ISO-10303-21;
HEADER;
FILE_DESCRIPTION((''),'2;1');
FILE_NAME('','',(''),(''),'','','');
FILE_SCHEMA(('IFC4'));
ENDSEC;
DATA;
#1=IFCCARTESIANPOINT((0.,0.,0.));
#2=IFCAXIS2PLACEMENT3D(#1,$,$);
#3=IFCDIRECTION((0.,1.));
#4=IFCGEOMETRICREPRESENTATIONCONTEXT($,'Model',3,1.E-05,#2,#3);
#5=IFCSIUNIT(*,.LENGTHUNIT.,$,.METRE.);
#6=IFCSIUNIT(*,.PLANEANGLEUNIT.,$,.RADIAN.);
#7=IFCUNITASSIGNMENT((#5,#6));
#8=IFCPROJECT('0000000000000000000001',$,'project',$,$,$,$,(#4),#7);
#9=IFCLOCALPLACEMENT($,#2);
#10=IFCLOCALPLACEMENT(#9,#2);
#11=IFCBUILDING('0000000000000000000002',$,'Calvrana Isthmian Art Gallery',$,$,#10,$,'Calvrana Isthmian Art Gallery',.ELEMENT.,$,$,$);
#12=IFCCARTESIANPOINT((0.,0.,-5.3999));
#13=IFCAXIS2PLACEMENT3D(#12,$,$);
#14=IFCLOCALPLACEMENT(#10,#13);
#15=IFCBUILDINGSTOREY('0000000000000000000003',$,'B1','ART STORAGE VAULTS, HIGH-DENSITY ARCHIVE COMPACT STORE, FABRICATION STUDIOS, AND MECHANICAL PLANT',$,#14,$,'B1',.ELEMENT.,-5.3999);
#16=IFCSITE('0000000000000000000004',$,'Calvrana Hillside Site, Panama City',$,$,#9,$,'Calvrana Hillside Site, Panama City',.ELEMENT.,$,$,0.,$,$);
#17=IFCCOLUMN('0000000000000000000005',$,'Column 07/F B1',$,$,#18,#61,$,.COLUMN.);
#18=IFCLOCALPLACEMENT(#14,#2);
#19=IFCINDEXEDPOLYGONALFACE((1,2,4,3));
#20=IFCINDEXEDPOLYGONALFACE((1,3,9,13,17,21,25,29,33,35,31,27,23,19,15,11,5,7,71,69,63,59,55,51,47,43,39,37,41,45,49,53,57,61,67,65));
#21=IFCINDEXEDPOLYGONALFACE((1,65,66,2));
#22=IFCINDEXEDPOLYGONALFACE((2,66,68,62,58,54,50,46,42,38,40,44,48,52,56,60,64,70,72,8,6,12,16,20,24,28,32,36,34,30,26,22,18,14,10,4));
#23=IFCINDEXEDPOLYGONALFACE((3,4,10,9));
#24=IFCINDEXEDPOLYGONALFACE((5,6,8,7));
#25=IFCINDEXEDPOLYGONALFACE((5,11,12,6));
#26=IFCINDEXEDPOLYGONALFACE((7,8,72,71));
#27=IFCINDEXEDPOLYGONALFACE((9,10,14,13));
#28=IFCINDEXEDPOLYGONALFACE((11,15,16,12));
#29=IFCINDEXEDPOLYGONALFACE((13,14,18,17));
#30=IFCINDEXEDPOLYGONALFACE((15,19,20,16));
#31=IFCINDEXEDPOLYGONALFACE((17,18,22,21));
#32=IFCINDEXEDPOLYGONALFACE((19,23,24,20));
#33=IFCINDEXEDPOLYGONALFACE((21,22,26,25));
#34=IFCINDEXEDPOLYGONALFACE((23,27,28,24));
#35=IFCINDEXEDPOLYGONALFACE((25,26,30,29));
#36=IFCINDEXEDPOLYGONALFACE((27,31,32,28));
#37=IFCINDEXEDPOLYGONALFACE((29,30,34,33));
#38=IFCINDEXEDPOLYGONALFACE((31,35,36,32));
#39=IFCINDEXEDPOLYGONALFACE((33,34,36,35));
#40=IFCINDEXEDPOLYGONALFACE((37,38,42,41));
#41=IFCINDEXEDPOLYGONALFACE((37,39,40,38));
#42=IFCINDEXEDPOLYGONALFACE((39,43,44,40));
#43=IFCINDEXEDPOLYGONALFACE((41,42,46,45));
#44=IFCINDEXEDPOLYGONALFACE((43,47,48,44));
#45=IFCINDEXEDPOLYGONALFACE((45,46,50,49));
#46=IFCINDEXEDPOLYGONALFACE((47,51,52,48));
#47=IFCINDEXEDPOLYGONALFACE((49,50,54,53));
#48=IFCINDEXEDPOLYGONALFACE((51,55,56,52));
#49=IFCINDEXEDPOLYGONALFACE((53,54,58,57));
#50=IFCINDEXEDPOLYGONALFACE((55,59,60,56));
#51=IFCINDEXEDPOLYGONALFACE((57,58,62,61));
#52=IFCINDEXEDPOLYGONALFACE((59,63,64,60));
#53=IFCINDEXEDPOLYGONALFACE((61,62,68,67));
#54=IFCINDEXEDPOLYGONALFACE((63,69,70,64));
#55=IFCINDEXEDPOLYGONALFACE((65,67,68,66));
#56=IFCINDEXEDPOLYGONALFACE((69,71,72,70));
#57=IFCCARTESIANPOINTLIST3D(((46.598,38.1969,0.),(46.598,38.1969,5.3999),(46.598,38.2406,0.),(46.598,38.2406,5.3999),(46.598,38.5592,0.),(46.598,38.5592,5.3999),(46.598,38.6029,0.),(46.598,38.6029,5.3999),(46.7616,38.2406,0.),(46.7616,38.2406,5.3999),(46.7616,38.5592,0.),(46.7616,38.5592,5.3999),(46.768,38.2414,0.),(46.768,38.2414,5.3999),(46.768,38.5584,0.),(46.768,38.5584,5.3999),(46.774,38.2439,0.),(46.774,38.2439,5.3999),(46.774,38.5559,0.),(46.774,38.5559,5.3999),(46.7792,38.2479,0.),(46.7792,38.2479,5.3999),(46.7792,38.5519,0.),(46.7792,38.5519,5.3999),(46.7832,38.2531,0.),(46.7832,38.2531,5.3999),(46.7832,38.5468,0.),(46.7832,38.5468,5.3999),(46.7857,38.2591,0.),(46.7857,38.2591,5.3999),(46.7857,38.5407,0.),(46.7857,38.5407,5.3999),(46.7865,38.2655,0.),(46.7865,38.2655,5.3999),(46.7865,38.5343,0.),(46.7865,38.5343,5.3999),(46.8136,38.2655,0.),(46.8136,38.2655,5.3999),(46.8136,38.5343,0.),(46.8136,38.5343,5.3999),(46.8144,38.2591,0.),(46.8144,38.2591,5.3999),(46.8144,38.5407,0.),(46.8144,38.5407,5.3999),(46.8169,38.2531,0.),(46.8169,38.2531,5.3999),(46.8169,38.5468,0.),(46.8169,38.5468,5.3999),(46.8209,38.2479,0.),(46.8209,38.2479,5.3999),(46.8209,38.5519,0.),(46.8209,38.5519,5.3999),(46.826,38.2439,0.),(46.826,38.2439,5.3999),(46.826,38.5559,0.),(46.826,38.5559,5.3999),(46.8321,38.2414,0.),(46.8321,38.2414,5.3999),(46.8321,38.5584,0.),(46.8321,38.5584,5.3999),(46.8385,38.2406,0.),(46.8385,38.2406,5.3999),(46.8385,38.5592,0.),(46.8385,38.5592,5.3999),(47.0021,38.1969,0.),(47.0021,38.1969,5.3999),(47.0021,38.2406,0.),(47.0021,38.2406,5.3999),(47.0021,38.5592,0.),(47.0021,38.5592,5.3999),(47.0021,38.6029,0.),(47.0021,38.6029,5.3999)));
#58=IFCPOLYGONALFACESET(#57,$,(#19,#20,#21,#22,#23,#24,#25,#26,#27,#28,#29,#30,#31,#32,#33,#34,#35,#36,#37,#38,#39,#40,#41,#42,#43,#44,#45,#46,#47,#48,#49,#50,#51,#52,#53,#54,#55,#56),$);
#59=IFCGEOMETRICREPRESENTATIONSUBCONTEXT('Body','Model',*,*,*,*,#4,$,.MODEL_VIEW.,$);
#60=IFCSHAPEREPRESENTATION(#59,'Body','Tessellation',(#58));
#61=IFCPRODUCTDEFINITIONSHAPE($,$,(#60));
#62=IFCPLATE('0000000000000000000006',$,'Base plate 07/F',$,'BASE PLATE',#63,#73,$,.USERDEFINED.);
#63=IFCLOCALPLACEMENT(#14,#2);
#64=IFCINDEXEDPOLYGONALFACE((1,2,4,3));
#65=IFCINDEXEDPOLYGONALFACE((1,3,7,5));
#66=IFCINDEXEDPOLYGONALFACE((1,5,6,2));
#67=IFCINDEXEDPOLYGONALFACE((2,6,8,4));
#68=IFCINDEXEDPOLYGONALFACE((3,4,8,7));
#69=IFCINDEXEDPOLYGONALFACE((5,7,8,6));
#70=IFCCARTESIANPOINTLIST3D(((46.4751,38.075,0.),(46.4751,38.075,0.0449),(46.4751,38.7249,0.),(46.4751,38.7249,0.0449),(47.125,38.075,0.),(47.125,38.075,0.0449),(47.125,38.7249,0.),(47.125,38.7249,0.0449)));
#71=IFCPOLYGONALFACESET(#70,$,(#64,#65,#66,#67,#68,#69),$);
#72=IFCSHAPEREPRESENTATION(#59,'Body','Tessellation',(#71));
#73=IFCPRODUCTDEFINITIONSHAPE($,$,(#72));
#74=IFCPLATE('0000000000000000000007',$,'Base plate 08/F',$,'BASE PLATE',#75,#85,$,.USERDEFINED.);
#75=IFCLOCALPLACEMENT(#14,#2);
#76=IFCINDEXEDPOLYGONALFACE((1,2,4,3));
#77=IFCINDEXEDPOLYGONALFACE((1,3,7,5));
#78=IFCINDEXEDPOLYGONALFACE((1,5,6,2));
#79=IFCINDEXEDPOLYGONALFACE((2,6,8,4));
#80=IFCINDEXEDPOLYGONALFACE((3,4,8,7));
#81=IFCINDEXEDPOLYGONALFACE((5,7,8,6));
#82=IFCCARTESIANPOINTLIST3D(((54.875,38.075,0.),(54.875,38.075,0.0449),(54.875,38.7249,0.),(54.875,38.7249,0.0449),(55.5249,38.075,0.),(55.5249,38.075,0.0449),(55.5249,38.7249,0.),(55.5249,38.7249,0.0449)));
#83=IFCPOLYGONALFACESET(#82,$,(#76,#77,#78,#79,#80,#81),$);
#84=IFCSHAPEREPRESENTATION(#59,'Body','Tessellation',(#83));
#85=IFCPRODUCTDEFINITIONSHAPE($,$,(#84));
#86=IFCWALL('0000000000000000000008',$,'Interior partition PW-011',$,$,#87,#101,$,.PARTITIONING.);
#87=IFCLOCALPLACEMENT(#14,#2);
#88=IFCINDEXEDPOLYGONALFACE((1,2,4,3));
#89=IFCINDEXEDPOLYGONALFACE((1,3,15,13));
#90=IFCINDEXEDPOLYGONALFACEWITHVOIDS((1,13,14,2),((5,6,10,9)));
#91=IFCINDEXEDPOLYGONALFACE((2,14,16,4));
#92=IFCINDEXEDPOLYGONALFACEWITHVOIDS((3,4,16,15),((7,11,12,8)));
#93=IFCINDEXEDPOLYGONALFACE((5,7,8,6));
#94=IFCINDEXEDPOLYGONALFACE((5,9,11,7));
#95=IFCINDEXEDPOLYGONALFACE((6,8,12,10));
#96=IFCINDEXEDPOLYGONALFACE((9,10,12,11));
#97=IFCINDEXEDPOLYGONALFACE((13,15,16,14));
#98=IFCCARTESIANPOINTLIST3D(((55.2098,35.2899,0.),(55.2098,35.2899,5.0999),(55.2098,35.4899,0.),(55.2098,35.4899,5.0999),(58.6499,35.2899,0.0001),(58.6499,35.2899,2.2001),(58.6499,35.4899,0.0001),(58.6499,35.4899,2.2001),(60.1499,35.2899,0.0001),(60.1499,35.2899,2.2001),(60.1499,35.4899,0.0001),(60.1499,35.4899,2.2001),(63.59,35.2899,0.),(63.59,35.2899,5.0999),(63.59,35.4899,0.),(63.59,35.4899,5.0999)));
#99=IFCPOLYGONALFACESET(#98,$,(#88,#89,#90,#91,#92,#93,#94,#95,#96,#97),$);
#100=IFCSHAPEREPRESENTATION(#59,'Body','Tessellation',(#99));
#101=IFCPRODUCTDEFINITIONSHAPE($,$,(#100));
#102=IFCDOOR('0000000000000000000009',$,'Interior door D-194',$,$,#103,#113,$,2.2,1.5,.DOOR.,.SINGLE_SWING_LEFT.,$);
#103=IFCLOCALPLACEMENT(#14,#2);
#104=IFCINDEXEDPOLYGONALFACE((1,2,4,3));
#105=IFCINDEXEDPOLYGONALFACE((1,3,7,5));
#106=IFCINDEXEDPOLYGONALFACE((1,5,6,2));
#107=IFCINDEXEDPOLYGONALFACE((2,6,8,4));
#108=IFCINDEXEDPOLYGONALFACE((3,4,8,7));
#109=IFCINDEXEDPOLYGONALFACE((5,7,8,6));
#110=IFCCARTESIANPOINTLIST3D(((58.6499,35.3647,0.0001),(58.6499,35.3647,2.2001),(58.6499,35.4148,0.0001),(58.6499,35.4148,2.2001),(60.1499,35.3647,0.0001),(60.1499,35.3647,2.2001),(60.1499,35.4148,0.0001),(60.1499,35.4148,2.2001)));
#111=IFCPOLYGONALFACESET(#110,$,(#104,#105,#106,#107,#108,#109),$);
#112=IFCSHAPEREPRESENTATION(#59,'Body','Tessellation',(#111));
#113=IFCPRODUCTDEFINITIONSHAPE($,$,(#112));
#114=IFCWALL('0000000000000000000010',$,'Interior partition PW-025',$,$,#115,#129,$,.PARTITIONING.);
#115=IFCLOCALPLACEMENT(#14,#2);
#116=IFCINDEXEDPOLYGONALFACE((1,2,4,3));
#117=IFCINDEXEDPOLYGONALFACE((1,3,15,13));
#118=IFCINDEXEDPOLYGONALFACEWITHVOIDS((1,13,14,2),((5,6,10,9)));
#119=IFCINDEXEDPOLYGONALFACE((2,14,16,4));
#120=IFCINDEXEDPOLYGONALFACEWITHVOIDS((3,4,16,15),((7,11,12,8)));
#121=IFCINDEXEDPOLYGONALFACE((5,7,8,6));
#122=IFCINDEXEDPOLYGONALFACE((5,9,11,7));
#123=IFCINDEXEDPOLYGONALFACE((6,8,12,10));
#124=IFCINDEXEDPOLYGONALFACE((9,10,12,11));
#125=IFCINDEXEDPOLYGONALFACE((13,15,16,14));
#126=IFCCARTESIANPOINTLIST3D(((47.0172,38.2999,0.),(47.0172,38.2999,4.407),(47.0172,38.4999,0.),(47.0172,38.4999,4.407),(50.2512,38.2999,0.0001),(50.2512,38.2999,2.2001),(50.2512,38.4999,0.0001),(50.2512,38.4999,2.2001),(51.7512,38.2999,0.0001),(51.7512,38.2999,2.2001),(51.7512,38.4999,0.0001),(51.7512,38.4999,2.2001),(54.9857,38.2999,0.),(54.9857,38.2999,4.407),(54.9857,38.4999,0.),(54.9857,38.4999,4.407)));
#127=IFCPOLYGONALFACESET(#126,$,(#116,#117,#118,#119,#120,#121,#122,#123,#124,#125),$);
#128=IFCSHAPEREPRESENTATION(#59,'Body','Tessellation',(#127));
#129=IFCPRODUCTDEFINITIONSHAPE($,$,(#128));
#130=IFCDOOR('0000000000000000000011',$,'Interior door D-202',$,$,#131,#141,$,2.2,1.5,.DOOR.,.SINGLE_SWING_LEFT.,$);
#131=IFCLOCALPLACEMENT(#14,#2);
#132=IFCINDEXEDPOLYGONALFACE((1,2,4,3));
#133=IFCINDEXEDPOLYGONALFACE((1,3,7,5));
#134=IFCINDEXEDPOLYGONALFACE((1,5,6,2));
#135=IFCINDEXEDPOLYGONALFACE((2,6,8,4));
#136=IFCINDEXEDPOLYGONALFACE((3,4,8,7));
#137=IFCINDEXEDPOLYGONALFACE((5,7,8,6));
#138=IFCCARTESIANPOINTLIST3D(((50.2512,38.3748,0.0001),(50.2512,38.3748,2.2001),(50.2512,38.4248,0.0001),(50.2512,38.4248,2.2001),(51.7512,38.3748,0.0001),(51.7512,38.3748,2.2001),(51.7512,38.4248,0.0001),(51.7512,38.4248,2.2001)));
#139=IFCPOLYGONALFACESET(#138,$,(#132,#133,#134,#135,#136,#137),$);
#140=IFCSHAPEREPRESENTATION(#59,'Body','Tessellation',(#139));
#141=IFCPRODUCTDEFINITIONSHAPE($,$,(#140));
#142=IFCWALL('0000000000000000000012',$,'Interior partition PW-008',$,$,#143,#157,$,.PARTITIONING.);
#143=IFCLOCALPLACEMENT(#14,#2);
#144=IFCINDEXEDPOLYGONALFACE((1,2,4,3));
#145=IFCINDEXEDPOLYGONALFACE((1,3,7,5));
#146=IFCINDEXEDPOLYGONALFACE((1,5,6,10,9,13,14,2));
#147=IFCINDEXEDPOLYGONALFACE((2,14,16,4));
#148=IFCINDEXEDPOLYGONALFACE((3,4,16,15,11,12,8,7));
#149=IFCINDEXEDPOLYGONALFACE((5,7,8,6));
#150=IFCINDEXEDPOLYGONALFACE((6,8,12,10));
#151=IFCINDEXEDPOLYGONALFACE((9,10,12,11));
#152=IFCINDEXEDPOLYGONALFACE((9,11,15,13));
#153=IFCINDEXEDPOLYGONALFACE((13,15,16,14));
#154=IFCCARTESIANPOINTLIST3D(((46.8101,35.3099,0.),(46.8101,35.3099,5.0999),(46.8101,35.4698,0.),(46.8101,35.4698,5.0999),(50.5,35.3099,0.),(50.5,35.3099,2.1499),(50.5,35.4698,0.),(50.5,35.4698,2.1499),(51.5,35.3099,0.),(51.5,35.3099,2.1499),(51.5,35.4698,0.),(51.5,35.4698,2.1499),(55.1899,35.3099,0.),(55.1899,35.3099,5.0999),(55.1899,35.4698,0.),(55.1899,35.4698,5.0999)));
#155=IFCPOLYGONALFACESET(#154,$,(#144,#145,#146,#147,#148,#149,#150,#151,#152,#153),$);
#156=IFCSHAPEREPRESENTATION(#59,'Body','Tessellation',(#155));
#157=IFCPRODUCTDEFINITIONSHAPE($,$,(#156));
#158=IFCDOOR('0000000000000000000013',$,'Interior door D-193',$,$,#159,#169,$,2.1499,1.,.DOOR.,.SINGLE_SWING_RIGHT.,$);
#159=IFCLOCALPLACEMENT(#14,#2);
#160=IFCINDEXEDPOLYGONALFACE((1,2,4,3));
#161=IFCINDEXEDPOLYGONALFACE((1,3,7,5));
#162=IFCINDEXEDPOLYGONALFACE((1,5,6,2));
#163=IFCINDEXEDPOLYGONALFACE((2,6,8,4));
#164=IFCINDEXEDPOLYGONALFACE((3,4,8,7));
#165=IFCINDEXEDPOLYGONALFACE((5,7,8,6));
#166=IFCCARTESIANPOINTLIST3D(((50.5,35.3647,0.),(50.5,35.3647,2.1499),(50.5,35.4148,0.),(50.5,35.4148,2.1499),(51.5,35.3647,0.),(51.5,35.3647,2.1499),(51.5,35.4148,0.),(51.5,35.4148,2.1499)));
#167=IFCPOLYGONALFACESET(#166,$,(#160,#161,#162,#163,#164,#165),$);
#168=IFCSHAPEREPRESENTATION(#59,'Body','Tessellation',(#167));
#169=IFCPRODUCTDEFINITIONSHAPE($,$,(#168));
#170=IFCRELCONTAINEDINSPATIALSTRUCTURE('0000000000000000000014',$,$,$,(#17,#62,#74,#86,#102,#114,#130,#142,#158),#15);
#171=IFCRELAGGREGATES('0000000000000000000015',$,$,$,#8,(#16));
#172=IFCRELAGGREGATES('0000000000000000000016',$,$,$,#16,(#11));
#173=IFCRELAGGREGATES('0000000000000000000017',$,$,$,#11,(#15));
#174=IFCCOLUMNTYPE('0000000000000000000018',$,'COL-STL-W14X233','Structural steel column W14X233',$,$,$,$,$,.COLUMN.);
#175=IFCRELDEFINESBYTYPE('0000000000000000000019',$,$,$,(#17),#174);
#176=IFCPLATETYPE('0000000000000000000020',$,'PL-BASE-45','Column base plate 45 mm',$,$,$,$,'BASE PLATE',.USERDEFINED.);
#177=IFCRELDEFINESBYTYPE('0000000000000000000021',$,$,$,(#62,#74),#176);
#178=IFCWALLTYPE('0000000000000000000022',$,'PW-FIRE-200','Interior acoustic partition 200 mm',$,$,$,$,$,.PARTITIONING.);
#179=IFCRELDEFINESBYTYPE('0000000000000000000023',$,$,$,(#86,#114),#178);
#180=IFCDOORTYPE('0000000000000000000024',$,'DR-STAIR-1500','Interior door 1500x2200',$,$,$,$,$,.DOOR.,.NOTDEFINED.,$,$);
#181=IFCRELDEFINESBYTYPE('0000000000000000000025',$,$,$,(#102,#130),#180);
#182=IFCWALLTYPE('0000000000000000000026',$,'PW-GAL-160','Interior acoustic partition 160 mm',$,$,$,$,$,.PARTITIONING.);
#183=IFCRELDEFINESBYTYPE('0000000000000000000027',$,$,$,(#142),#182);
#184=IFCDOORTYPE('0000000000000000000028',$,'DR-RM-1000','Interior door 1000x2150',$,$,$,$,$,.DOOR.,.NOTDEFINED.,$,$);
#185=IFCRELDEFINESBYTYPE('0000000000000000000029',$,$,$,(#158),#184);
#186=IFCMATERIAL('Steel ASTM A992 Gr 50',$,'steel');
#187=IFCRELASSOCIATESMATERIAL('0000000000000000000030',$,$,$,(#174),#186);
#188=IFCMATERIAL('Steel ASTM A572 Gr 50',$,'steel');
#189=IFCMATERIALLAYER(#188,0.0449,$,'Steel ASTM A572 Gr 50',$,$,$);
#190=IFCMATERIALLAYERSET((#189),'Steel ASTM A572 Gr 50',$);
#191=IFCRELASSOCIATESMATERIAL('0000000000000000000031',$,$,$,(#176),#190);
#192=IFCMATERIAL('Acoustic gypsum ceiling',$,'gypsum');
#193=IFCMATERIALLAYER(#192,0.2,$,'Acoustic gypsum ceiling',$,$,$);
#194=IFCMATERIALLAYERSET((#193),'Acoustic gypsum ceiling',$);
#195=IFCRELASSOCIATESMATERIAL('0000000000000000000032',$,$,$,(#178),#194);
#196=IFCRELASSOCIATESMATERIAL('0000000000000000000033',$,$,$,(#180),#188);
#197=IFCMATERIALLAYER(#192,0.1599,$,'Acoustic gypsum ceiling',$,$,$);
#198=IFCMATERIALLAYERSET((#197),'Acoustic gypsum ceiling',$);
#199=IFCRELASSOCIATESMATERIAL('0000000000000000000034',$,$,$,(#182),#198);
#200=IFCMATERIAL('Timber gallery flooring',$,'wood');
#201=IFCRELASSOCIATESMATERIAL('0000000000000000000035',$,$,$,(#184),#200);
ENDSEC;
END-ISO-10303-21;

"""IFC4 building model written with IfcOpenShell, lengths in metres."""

from ifc_helpers import new_model, si_unit, direction, frame, frame_2d, origin, origin_2d, place, context, subcontext, project, spatial, rectangle, i_section, extrude, material, layer, layer_set, material_profile, profile_set, type_object, element, fill, save


model = new_model("IFC4")

# Units and contexts
model_context = context("Model", 3, precision=1e-05, world=origin(), true_north=direction((0.0, 1.0)))
body_context = subcontext(model_context, "Body", "Model", "MODEL_VIEW")
ifc_project = project(units=[si_unit("LENGTHUNIT", "METRE"), si_unit("PLANEANGLEUNIT", "RADIAN")], contexts=[model_context])

# Site, building, storey
site_placement = place(None, origin())
site = spatial("IfcSite", under=ifc_project, at=site_placement, Name="Calvrana Hillside Site, Panama City", LongName="Calvrana Hillside Site, Panama City", CompositionType="ELEMENT", RefElevation=0.0)
building_placement = place(site_placement, origin())
building = spatial("IfcBuilding", under=site, at=building_placement, Name="Calvrana Isthmian Art Gallery", LongName="Calvrana Isthmian Art Gallery", CompositionType="ELEMENT")
storey_placement = place(building_placement, frame((0.0, 0.0, -5.3999)))
storey = spatial("IfcBuildingStorey", under=building, at=storey_placement, Name="B1", Description="ART STORAGE VAULTS, HIGH-DENSITY ARCHIVE COMPACT STORE, FABRICATION STUDIOS, AND MECHANICAL PLANT", LongName="B1", CompositionType="ELEMENT", Elevation=-5.3999)

# Column
ifc_material_1 = material(Name="Steel ASTM A992 Gr 50", Category="steel")
ifc_material_profile_1 = material_profile(ifc_material_1, i_section(OverallWidth=0.4041, OverallDepth=0.406, WebThickness=0.0271, FlangeThickness=0.0437, FilletRadius=0.0249, at=origin_2d()), Name="W14X233")
ifc_profile_set_1 = profile_set([ifc_material_profile_1], Name="Steel ASTM A992 Gr 50")
column_type_1 = type_object("IfcColumnType", Name="COL-STL-W14X233", Description="Structural steel column W14X233", PredefinedType="COLUMN", material=ifc_profile_set_1)
column_1_placement = place(storey_placement, frame((46.8, 38.3999, 0.0), z_axis=(0.0, 0.0, 1.0), x_axis=(1.0, 0.0, 0.0)))
element("IfcColumn", 1, at=column_1_placement, inside=storey, type_object=column_type_1, Name="Column 07/F B1", PredefinedType="COLUMN", context=body_context, shape_type="SweptSolid", body=[
    extrude(i_section(OverallWidth=0.4041, OverallDepth=0.406, WebThickness=0.0271, FlangeThickness=0.0437, FilletRadius=0.0249, at=origin_2d()), origin(), (0.0, 0.0, 1.0), 5.3999),
])

# Plates
ifc_material_2 = material(Name="Steel ASTM A572 Gr 50", Category="steel")
ifc_layer_1 = layer(ifc_material_2, 0.0449, Name="Steel ASTM A572 Gr 50")
ifc_layer_set_1 = layer_set([ifc_layer_1], Name="Steel ASTM A572 Gr 50")
plate_type = type_object("IfcPlateType", Name="PL-BASE-45", Description="Column base plate 45 mm", ElementType="BASE PLATE", PredefinedType="USERDEFINED", material=ifc_layer_set_1)
for number, where, z_axis, x_axis, name in (
    (2, (46.8, 38.3999, 0.0), (0.0, 0.0, 1.0), (1.0, 0.0, 0.0), "Base plate 07/F"),
    (3, (55.2, 38.3999, 0.0), (0.0, 0.0, 1.0), (1.0, 0.0, 0.0), "Base plate 08/F"),
):
    element("IfcPlate", number, at=place(storey_placement, frame(where, z_axis=z_axis, x_axis=x_axis)), inside=storey, type_object=plate_type, Name=name, ObjectType="BASE PLATE", PredefinedType="USERDEFINED", context=body_context, shape_type="SweptSolid", body=[
        extrude(rectangle(XDim=0.6499, YDim=0.6499, at=origin_2d()), origin(), (0.0, 0.0, 1.0), 0.0449),
    ])

# Walls, openings, doors
ifc_material_3 = material(Name="Acoustic gypsum ceiling", Category="gypsum")
ifc_layer_2 = layer(ifc_material_3, 0.2, Name="Acoustic gypsum ceiling")
ifc_layer_set_2 = layer_set([ifc_layer_2], Name="Acoustic gypsum ceiling")
wall_type_1 = type_object("IfcWallType", Name="PW-FIRE-200", Description="Interior acoustic partition 200 mm", PredefinedType="PARTITIONING", material=ifc_layer_set_2)
wall_1_placement = place(storey_placement, frame((55.21, 35.3899, 0.0), z_axis=(0.0, 0.0, 1.0), x_axis=(1.0, 0.0, 0.0)))
wall_1 = element("IfcWall", 4, at=wall_1_placement, inside=storey, type_object=wall_type_1, Name="Interior partition PW-011", PredefinedType="PARTITIONING", context=body_context, shape_type="SweptSolid", body=[
    extrude(rectangle(XDim=8.3801, YDim=0.2, at=frame_2d((4.1899, 0.0))), origin(), (0.0, 0.0, 1.0), 5.0999),
])
opening_1_placement = place(wall_1_placement, frame((3.4399, 0.0, 0.0)))
opening_1 = element("IfcOpeningElement", 5, at=opening_1_placement, cuts=wall_1, PredefinedType="OPENING", context=body_context, shape_type="SweptSolid", body=[
    extrude(rectangle(XDim=1.5, YDim=2.2, at=frame_2d((0.75, 1.1001))), frame((0.0, 0.1104, 0.0), z_axis=(0.0, -1.0, 0.0), x_axis=(1.0, 0.0, 0.0)), (0.0, 0.0, 1.0), 0.2205),
])
door_type_1 = type_object("IfcDoorType", Name="DR-STAIR-1500", Description="Interior door 1500x2200", OperationType="NOTDEFINED", PredefinedType="DOOR", material=ifc_material_2)
door_1_placement = place(opening_1_placement, origin())
door_1 = element("IfcDoor", 6, at=door_1_placement, inside=storey, type_object=door_type_1, Name="Interior door D-194", OperationType="SINGLE_SWING_LEFT", OverallHeight=2.2, OverallWidth=1.5, PredefinedType="DOOR", context=body_context, shape_type="SweptSolid", body=[
    extrude(rectangle(XDim=1.5, YDim=2.2, at=frame_2d((0.75, 1.1001))), frame((0.0, 0.0249, 0.0), z_axis=(0.0, -1.0, 0.0), x_axis=(1.0, 0.0, 0.0)), (0.0, 0.0, 1.0), 0.05),
])
fill(opening_1, door_1)
wall_2_placement = place(storey_placement, frame((47.0171, 38.3999, 0.0), z_axis=(0.0, 0.0, 1.0), x_axis=(1.0, 0.0, 0.0)))
wall_2 = element("IfcWall", 7, at=wall_2_placement, inside=storey, type_object=wall_type_1, Name="Interior partition PW-025", PredefinedType="PARTITIONING", context=body_context, shape_type="SweptSolid", body=[
    extrude(rectangle(XDim=7.9685, YDim=0.2, at=frame_2d((3.9844, 0.0))), origin(), (0.0, 0.0, 1.0), 4.407),
])
opening_2_placement = place(wall_2_placement, frame((3.2341, 0.0, 0.0)))
opening_2 = element("IfcOpeningElement", 8, at=opening_2_placement, cuts=wall_2, PredefinedType="OPENING", context=body_context, shape_type="SweptSolid", body=[
    extrude(rectangle(XDim=1.5, YDim=2.2, at=frame_2d((0.75, 1.1001))), frame((0.0, 0.1104, 0.0), z_axis=(0.0, -1.0, 0.0), x_axis=(1.0, 0.0, 0.0)), (0.0, 0.0, 1.0), 0.2205),
])
door_2_placement = place(opening_2_placement, origin())
door_2 = element("IfcDoor", 9, at=door_2_placement, inside=storey, type_object=door_type_1, Name="Interior door D-202", OperationType="SINGLE_SWING_LEFT", OverallHeight=2.2, OverallWidth=1.5, PredefinedType="DOOR", context=body_context, shape_type="SweptSolid", body=[
    extrude(rectangle(XDim=1.5, YDim=2.2, at=frame_2d((0.75, 1.1001))), frame((0.0, 0.0249, 0.0), z_axis=(0.0, -1.0, 0.0), x_axis=(1.0, 0.0, 0.0)), (0.0, 0.0, 1.0), 0.05),
])
fill(opening_2, door_2)
ifc_layer_3 = layer(ifc_material_3, 0.1599, Name="Acoustic gypsum ceiling")
ifc_layer_set_3 = layer_set([ifc_layer_3], Name="Acoustic gypsum ceiling")
wall_type_2 = type_object("IfcWallType", Name="PW-GAL-160", Description="Interior acoustic partition 160 mm", PredefinedType="PARTITIONING", material=ifc_layer_set_3)
wall_3_placement = place(storey_placement, frame((46.8101, 35.3899, 0.0), z_axis=(0.0, 0.0, 1.0), x_axis=(1.0, 0.0, 0.0)))
wall_3 = element("IfcWall", 10, at=wall_3_placement, inside=storey, type_object=wall_type_2, Name="Interior partition PW-008", PredefinedType="PARTITIONING", context=body_context, shape_type="SweptSolid", body=[
    extrude(rectangle(XDim=8.3799, YDim=0.1599, at=frame_2d((4.1899, 0.0))), origin(), (0.0, 0.0, 1.0), 5.0999),
])
opening_3_placement = place(wall_3_placement, frame((3.6899, 0.0, 0.0)))
opening_3 = element("IfcOpeningElement", 11, at=opening_3_placement, cuts=wall_3, PredefinedType="OPENING", context=body_context, shape_type="SweptSolid", body=[
    extrude(rectangle(XDim=1.0, YDim=2.1499, at=frame_2d((0.5, 1.075))), frame((0.0, 0.0903, 0.0), z_axis=(0.0, -1.0, 0.0), x_axis=(1.0, 0.0, 0.0)), (0.0, 0.0, 1.0), 0.1804),
])
ifc_material_4 = material(Name="Timber gallery flooring", Category="wood")
door_type_2 = type_object("IfcDoorType", Name="DR-RM-1000", Description="Interior door 1000x2150", OperationType="NOTDEFINED", PredefinedType="DOOR", material=ifc_material_4)
door_3_placement = place(opening_3_placement, origin())
door_3 = element("IfcDoor", 12, at=door_3_placement, inside=storey, type_object=door_type_2, Name="Interior door D-193", OperationType="SINGLE_SWING_RIGHT", OverallHeight=2.1499, OverallWidth=1.0, PredefinedType="DOOR", context=body_context, shape_type="SweptSolid", body=[
    extrude(rectangle(XDim=1.0, YDim=2.1499, at=frame_2d((0.5, 1.075))), frame((0.0, 0.0249, 0.0), z_axis=(0.0, -1.0, 0.0), x_axis=(1.0, 0.0, 0.0)), (0.0, 0.0, 1.0), 0.05),
])
fill(opening_3, door_3)

save(model, "model.ifc")
